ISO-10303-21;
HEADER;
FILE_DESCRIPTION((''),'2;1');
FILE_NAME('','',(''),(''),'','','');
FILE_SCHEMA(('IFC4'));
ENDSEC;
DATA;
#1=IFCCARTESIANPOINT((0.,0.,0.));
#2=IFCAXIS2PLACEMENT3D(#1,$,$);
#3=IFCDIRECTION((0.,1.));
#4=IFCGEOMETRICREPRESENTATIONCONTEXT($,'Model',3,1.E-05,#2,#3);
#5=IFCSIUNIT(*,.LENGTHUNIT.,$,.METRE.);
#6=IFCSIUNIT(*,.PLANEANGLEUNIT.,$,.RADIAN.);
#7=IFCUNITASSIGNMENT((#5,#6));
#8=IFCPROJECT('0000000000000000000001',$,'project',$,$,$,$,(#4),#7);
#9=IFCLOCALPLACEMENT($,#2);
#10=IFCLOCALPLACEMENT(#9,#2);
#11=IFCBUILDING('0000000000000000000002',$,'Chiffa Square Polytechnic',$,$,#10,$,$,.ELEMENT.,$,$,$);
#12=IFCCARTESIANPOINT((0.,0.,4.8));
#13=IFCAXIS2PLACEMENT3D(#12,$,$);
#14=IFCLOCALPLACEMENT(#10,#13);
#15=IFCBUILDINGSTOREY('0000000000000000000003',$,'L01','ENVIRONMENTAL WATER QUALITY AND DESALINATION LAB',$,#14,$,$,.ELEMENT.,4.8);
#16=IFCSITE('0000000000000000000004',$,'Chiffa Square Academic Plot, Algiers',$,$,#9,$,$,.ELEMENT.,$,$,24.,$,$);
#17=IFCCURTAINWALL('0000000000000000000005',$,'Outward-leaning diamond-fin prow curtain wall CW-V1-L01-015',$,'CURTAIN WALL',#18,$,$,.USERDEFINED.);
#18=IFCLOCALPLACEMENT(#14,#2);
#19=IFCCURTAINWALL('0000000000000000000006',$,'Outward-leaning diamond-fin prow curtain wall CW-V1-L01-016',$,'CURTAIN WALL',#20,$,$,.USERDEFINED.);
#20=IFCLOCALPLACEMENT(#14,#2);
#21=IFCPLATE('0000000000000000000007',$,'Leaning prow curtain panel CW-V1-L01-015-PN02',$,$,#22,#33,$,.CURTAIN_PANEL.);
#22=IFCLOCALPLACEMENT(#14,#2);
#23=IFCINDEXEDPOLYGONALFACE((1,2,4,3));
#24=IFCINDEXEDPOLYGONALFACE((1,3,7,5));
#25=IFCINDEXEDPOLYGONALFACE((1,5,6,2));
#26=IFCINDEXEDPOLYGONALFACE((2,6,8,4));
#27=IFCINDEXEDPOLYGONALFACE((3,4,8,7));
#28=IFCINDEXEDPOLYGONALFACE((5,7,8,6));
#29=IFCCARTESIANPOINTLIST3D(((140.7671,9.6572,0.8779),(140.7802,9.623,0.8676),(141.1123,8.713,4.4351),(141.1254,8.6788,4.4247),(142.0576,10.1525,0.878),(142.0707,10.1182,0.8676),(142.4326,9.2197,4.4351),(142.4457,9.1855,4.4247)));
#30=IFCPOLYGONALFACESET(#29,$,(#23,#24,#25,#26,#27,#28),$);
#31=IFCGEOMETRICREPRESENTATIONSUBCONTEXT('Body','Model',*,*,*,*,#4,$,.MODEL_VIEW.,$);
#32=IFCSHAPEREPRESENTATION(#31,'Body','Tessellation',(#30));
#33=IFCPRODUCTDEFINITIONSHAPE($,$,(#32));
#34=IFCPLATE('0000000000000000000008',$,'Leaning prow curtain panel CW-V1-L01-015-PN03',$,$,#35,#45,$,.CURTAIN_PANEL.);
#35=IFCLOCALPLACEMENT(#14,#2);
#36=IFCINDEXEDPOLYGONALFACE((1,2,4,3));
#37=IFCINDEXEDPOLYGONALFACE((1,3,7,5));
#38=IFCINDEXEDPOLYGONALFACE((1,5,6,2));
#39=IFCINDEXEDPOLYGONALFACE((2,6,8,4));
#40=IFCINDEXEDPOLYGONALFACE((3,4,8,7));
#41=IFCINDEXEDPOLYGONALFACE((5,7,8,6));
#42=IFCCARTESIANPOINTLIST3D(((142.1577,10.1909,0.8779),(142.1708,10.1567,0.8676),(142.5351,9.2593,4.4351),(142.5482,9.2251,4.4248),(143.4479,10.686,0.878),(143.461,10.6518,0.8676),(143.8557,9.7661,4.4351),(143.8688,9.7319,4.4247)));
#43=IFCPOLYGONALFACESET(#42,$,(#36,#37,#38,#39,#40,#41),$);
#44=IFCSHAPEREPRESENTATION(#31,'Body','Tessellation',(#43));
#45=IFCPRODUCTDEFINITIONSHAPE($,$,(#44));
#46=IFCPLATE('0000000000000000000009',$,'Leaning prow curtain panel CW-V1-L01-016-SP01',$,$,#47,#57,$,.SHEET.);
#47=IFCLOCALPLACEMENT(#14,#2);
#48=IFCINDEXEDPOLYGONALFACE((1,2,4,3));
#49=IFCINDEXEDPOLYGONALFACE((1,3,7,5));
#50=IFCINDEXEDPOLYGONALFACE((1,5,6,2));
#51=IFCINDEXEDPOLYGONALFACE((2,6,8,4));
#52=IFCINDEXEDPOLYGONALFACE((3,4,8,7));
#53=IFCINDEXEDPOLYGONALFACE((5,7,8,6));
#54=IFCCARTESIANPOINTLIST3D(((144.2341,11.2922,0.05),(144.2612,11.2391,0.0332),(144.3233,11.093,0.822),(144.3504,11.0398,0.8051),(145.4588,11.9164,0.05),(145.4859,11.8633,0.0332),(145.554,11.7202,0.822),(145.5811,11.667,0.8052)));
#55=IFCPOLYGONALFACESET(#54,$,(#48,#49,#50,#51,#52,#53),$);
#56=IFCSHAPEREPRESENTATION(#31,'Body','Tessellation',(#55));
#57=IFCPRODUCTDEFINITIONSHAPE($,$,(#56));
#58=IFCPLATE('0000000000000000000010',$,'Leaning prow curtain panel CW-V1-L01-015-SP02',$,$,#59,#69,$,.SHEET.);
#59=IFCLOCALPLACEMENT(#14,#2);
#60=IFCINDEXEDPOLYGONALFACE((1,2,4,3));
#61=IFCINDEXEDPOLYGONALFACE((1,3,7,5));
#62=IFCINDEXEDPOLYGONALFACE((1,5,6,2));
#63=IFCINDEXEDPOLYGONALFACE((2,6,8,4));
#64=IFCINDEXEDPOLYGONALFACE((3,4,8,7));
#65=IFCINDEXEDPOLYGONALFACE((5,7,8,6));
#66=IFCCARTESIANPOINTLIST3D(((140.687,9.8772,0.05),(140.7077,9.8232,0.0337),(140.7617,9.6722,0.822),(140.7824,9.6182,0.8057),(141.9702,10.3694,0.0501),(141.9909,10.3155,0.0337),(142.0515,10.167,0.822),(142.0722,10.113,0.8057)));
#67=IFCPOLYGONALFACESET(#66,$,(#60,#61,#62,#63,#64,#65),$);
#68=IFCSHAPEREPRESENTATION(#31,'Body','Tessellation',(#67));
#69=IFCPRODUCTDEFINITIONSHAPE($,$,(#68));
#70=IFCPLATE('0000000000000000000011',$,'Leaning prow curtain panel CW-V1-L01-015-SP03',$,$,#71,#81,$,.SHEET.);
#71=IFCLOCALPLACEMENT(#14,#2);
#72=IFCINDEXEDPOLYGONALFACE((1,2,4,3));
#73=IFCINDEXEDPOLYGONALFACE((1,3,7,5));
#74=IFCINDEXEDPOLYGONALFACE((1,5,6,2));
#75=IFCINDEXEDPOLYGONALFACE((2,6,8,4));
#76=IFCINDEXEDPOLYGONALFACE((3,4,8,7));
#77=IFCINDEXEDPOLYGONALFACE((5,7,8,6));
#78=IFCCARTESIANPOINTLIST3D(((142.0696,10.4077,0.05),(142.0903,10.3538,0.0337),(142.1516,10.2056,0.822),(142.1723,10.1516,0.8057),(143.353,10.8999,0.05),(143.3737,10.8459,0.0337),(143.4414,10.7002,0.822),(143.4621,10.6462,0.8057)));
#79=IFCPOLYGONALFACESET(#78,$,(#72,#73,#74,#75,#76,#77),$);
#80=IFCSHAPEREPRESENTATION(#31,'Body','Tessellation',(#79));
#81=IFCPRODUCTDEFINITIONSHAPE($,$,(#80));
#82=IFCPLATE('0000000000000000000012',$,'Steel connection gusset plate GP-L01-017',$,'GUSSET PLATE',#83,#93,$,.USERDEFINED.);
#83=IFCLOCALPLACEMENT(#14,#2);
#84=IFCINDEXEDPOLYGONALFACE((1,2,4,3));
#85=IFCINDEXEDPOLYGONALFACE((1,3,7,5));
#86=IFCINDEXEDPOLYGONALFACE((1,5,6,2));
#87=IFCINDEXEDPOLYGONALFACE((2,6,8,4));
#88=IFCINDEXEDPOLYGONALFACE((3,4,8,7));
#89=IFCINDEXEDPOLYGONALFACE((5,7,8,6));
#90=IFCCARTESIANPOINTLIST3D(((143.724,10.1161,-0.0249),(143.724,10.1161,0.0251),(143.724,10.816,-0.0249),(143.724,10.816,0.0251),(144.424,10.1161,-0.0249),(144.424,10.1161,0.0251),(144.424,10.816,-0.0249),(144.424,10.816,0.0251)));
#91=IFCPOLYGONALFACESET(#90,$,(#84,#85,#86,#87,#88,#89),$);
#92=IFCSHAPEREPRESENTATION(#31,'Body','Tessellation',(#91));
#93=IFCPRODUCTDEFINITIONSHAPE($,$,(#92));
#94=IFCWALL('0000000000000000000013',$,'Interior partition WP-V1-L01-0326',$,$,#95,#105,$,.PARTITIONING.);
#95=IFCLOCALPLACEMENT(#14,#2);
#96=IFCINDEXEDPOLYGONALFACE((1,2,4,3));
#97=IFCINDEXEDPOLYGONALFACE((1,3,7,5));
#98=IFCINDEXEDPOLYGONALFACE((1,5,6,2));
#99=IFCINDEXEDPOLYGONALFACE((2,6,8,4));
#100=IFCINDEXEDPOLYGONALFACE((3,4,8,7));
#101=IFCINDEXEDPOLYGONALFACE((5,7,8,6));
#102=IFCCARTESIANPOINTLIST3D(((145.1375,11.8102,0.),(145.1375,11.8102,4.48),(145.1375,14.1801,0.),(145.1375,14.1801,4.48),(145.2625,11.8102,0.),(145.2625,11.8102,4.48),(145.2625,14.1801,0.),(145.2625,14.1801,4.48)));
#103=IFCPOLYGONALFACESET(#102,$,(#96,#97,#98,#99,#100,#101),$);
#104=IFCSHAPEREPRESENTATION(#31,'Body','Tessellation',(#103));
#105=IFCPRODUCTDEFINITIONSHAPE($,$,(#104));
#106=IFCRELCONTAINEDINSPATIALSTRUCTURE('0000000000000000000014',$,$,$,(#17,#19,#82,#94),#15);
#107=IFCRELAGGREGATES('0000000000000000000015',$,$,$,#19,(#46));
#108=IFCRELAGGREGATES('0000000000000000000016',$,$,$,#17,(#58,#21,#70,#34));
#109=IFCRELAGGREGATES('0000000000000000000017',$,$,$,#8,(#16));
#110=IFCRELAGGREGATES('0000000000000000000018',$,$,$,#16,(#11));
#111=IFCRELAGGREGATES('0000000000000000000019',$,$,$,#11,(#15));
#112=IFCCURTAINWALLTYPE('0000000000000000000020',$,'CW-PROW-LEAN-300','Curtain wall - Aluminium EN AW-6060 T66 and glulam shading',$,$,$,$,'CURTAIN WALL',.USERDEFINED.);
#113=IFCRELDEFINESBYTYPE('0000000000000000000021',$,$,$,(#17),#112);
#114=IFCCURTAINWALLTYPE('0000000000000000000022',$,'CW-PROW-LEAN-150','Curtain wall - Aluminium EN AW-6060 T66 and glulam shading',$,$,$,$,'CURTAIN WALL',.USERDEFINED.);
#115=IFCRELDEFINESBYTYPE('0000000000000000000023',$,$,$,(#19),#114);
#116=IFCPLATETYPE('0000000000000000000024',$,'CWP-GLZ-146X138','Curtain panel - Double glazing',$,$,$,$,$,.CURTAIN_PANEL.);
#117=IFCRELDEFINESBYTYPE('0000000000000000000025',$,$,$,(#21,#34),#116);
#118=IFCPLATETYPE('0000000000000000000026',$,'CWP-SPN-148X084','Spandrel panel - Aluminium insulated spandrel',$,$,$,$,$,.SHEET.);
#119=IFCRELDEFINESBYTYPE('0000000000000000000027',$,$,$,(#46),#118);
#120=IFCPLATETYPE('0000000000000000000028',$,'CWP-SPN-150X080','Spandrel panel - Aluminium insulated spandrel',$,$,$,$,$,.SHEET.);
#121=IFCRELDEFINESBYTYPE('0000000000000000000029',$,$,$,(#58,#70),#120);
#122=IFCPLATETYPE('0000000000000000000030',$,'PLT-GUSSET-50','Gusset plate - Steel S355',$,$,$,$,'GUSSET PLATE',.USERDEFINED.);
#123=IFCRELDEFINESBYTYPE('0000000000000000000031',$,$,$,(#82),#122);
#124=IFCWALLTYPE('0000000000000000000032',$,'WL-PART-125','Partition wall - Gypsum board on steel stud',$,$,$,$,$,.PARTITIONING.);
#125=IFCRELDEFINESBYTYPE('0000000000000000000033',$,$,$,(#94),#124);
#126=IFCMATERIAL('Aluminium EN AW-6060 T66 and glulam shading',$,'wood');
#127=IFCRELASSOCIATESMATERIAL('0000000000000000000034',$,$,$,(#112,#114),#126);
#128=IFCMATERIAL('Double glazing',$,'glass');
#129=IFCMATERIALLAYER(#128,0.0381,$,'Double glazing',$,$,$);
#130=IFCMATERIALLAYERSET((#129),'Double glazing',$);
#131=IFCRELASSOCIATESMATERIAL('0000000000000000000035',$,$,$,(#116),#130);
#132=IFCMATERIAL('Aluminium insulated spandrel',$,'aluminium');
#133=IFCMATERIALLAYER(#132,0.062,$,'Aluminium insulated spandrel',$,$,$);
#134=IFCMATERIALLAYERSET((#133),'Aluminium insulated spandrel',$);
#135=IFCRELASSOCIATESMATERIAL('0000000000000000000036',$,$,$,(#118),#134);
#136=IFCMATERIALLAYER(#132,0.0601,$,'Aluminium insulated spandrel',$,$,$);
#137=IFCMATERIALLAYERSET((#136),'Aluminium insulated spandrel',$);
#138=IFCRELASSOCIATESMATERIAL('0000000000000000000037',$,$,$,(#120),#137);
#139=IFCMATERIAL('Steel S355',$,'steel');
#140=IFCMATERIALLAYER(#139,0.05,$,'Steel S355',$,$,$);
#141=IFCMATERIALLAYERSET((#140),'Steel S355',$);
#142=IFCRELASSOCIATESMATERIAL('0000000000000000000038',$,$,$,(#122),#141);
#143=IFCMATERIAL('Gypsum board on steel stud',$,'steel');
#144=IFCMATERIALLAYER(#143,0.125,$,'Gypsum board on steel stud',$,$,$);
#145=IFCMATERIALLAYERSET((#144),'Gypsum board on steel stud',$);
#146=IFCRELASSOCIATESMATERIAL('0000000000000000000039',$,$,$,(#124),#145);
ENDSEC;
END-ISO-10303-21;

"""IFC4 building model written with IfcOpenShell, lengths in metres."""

from ifc_helpers import new_model, si_unit, direction, frame, frame_2d, origin, origin_2d, place, context, subcontext, project, spatial, polyline, rectangle, outline, extrude, material, layer, layer_set, type_object, element, aggregate, save


model = new_model("IFC4")

# Units and contexts
model_context = context("Model", 3, precision=1e-05, world=origin(), true_north=direction((0.0, 1.0)))
body_context = subcontext(model_context, "Body", "Model", "MODEL_VIEW")
ifc_project = project(units=[si_unit("LENGTHUNIT", "METRE"), si_unit("PLANEANGLEUNIT", "RADIAN")], contexts=[model_context])

# Site, building, storey
site_placement = place(None, origin())
site = spatial("IfcSite", under=ifc_project, at=site_placement, Name="Chiffa Square Academic Plot, Algiers", CompositionType="ELEMENT", RefElevation=24.0)
building_placement = place(site_placement, origin())
building = spatial("IfcBuilding", under=site, at=building_placement, Name="Chiffa Square Polytechnic", CompositionType="ELEMENT")
storey_placement = place(building_placement, frame((0.0, 0.0, 4.8)))
storey = spatial("IfcBuildingStorey", under=building, at=storey_placement, Name="L01", Description="ENVIRONMENTAL WATER QUALITY AND DESALINATION LAB", CompositionType="ELEMENT", Elevation=4.8)

# Shared definitions
ifc_material_1 = material(Name="Steel S355", Category="steel")

# Curtain wall
ifc_material_2 = material(Name="Aluminium EN AW-6060 T66 and glulam shading", Category="wood")
curtain_wall_type_1 = type_object("IfcCurtainWallType", Name="CW-PROW-LEAN-300", Description="Curtain wall - Aluminium EN AW-6060 T66 and glulam shading", ElementType="CURTAIN WALL", PredefinedType="USERDEFINED", material=ifc_material_2)
curtain_wall_1_placement = place(storey_placement, origin())
curtain_wall_1 = element("IfcCurtainWall", 1, at=curtain_wall_1_placement, inside=storey, type_object=curtain_wall_type_1, Name="Outward-leaning diamond-fin prow curtain wall CW-V1-L01-015", ObjectType="CURTAIN WALL", PredefinedType="USERDEFINED")

# Curtain wall
curtain_wall_type_2 = type_object("IfcCurtainWallType", Name="CW-PROW-LEAN-150", Description="Curtain wall - Aluminium EN AW-6060 T66 and glulam shading", ElementType="CURTAIN WALL", PredefinedType="USERDEFINED", material=ifc_material_2)
curtain_wall_2_placement = place(storey_placement, origin())
curtain_wall_2 = element("IfcCurtainWall", 2, at=curtain_wall_2_placement, inside=storey, type_object=curtain_wall_type_2, Name="Outward-leaning diamond-fin prow curtain wall CW-V1-L01-016", ObjectType="CURTAIN WALL", PredefinedType="USERDEFINED")

# Plates
ifc_material_3 = material(Name="Double glazing", Category="glass")
ifc_layer_1 = layer(ifc_material_3, 0.0381, Name="Double glazing")
ifc_layer_set_1 = layer_set([ifc_layer_1], Name="Double glazing")
plate_type_1 = type_object("IfcPlateType", Name="CWP-GLZ-146X138", Description="Curtain panel - Double glazing", PredefinedType="CURTAIN_PANEL", material=ifc_layer_set_1)
plate_1_placement = place(storey_placement, frame((140.7671, 9.6572, 0.8779), z_axis=(-0.344787, 0.898428, 0.271937), x_axis=(0.933613, 0.358282, 0.000025)))
plate_1 = element("IfcPlate", 3, at=plate_1_placement, type_object=plate_type_1, Name="Leaning prow curtain panel CW-V1-L01-015-PN02", PredefinedType="CURTAIN_PANEL", context=body_context, shape_type="SweptSolid", body=[
    extrude(outline(polyline([(0.0, 0.0), (1.3822, 0.0), (1.3983, -3.6964), (-0.016, -3.6965), (0.0, 0.0)])), origin(), (0.0, 0.0, -1.0), 0.0381),
])
plate_2_placement = place(storey_placement, frame((142.1577, 10.1909, 0.8779), z_axis=(-0.344792, 0.898442, 0.271882), x_axis=(0.933616, 0.358275, 0.000052)))
plate_2 = element("IfcPlate", 4, at=plate_2_placement, type_object=plate_type_1, Name="Leaning prow curtain panel CW-V1-L01-015-PN03", PredefinedType="CURTAIN_PANEL", context=body_context, shape_type="SweptSolid", body=[
    extrude(outline(polyline([(0.0, 0.0), (1.3819, 0.0), (1.4333, -3.6963), (0.0187, -3.6964), (0.0, 0.0)])), origin(), (0.0, 0.0, -1.0), 0.0381),
])
ifc_material_4 = material(Name="Aluminium insulated spandrel", Category="aluminium")
ifc_layer_2 = layer(ifc_material_4, 0.062, Name="Aluminium insulated spandrel")
ifc_layer_set_2 = layer_set([ifc_layer_2], Name="Aluminium insulated spandrel")
plate_type_2 = type_object("IfcPlateType", Name="CWP-SPN-148X084", Description="Spandrel panel - Aluminium insulated spandrel", PredefinedType="SHEET", material=ifc_layer_set_2)
plate_3_placement = place(storey_placement, frame((144.2341, 11.2922, 0.05), z_axis=(-0.437013, 0.857402, 0.271812), x_axis=(0.890944, 0.454114, -0.000015)))
plate_3 = element("IfcPlate", 5, at=plate_3_placement, type_object=plate_type_2, Name="Leaning prow curtain panel CW-V1-L01-016-SP01", PredefinedType="SHEET", context=body_context, shape_type="SweptSolid", body=[
    extrude(outline(polyline([(0.0, 0.0), (1.3745, 0.0), (1.3702, -0.8022), (-0.0111, -0.8022), (0.0, 0.0)])), origin(), (0.0, 0.0, -1.0), 0.062),
])
aggregate(curtain_wall_2, [plate_3])
ifc_layer_3 = layer(ifc_material_4, 0.0601, Name="Aluminium insulated spandrel")
ifc_layer_set_3 = layer_set([ifc_layer_3], Name="Aluminium insulated spandrel")
plate_type_3 = type_object("IfcPlateType", Name="CWP-SPN-150X080", Description="Spandrel panel - Aluminium insulated spandrel", PredefinedType="SHEET", material=ifc_layer_set_3)
plate_4_placement = place(storey_placement, frame((140.687, 9.8772, 0.05), z_axis=(-0.344673, 0.898468, 0.271947), x_axis=(0.933657, 0.358168, 0.000014)))
plate_4 = element("IfcPlate", 6, at=plate_4_placement, type_object=plate_type_3, Name="Leaning prow curtain panel CW-V1-L01-015-SP02", PredefinedType="SHEET", context=body_context, shape_type="SweptSolid", body=[
    extrude(outline(polyline([(0.0, 0.0), (1.3744, 0.0), (1.3778, -0.8022), (-0.0037, -0.8022), (0.0, 0.0)])), origin(), (0.0, 0.0, -1.0), 0.0601),
])
plate_5_placement = place(storey_placement, frame((142.0696, 10.4077, 0.05), z_axis=(-0.344575, 0.898521, 0.271897), x_axis=(0.933697, 0.358065, 0.000001)))
plate_5 = element("IfcPlate", 7, at=plate_5_placement, type_object=plate_type_3, Name="Leaning prow curtain panel CW-V1-L01-015-SP03", PredefinedType="SHEET", context=body_context, shape_type="SweptSolid", body=[
    extrude(outline(polyline([(0.0, 0.0), (1.3746, 0.0), (1.3856, -0.8022), (0.0042, -0.8022), (0.0, 0.0)])), origin(), (0.0, 0.0, -1.0), 0.0601),
])
aggregate(curtain_wall_1, [plate_4, plate_1, plate_5, plate_2])
ifc_layer_4 = layer(ifc_material_1, 0.05, Name="Steel S355")
ifc_layer_set_4 = layer_set([ifc_layer_4], Name="Steel S355")
plate_type_4 = type_object("IfcPlateType", Name="PLT-GUSSET-50", Description="Gusset plate - Steel S355", ElementType="GUSSET PLATE", PredefinedType="USERDEFINED", material=ifc_layer_set_4)
plate_6_placement = place(storey_placement, frame((144.074, 10.4661, -0.0249), z_axis=(0.0, 0.0, 1.0), x_axis=(1.0, 0.0, 0.0)))
element("IfcPlate", 8, at=plate_6_placement, inside=storey, type_object=plate_type_4, Name="Steel connection gusset plate GP-L01-017", ObjectType="GUSSET PLATE", PredefinedType="USERDEFINED", context=body_context, shape_type="SweptSolid", body=[
    extrude(rectangle(XDim=0.7, YDim=0.7, at=origin_2d()), origin(), (0.0, 0.0, 1.0), 0.05),
])

# Wall
ifc_material_5 = material(Name="Gypsum board on steel stud", Category="steel")
ifc_layer_5 = layer(ifc_material_5, 0.125, Name="Gypsum board on steel stud")
ifc_layer_set_5 = layer_set([ifc_layer_5], Name="Gypsum board on steel stud")
wall_type = type_object("IfcWallType", Name="WL-PART-125", Description="Partition wall - Gypsum board on steel stud", PredefinedType="PARTITIONING", material=ifc_layer_set_5)
wall_placement = place(storey_placement, frame((145.2, 11.8101, 0.0), z_axis=(0.0, 0.0, 1.0), x_axis=(0.0, 1.0, 0.0)))
element("IfcWall", 9, at=wall_placement, inside=storey, type_object=wall_type, Name="Interior partition WP-V1-L01-0326", PredefinedType="PARTITIONING", context=body_context, shape_type="SweptSolid", body=[
    extrude(rectangle(XDim=2.3699, YDim=0.125, at=frame_2d((1.1851, 0.0))), origin(), (0.0, 0.0, 1.0), 4.48),
])

save(model, "model.ifc")
